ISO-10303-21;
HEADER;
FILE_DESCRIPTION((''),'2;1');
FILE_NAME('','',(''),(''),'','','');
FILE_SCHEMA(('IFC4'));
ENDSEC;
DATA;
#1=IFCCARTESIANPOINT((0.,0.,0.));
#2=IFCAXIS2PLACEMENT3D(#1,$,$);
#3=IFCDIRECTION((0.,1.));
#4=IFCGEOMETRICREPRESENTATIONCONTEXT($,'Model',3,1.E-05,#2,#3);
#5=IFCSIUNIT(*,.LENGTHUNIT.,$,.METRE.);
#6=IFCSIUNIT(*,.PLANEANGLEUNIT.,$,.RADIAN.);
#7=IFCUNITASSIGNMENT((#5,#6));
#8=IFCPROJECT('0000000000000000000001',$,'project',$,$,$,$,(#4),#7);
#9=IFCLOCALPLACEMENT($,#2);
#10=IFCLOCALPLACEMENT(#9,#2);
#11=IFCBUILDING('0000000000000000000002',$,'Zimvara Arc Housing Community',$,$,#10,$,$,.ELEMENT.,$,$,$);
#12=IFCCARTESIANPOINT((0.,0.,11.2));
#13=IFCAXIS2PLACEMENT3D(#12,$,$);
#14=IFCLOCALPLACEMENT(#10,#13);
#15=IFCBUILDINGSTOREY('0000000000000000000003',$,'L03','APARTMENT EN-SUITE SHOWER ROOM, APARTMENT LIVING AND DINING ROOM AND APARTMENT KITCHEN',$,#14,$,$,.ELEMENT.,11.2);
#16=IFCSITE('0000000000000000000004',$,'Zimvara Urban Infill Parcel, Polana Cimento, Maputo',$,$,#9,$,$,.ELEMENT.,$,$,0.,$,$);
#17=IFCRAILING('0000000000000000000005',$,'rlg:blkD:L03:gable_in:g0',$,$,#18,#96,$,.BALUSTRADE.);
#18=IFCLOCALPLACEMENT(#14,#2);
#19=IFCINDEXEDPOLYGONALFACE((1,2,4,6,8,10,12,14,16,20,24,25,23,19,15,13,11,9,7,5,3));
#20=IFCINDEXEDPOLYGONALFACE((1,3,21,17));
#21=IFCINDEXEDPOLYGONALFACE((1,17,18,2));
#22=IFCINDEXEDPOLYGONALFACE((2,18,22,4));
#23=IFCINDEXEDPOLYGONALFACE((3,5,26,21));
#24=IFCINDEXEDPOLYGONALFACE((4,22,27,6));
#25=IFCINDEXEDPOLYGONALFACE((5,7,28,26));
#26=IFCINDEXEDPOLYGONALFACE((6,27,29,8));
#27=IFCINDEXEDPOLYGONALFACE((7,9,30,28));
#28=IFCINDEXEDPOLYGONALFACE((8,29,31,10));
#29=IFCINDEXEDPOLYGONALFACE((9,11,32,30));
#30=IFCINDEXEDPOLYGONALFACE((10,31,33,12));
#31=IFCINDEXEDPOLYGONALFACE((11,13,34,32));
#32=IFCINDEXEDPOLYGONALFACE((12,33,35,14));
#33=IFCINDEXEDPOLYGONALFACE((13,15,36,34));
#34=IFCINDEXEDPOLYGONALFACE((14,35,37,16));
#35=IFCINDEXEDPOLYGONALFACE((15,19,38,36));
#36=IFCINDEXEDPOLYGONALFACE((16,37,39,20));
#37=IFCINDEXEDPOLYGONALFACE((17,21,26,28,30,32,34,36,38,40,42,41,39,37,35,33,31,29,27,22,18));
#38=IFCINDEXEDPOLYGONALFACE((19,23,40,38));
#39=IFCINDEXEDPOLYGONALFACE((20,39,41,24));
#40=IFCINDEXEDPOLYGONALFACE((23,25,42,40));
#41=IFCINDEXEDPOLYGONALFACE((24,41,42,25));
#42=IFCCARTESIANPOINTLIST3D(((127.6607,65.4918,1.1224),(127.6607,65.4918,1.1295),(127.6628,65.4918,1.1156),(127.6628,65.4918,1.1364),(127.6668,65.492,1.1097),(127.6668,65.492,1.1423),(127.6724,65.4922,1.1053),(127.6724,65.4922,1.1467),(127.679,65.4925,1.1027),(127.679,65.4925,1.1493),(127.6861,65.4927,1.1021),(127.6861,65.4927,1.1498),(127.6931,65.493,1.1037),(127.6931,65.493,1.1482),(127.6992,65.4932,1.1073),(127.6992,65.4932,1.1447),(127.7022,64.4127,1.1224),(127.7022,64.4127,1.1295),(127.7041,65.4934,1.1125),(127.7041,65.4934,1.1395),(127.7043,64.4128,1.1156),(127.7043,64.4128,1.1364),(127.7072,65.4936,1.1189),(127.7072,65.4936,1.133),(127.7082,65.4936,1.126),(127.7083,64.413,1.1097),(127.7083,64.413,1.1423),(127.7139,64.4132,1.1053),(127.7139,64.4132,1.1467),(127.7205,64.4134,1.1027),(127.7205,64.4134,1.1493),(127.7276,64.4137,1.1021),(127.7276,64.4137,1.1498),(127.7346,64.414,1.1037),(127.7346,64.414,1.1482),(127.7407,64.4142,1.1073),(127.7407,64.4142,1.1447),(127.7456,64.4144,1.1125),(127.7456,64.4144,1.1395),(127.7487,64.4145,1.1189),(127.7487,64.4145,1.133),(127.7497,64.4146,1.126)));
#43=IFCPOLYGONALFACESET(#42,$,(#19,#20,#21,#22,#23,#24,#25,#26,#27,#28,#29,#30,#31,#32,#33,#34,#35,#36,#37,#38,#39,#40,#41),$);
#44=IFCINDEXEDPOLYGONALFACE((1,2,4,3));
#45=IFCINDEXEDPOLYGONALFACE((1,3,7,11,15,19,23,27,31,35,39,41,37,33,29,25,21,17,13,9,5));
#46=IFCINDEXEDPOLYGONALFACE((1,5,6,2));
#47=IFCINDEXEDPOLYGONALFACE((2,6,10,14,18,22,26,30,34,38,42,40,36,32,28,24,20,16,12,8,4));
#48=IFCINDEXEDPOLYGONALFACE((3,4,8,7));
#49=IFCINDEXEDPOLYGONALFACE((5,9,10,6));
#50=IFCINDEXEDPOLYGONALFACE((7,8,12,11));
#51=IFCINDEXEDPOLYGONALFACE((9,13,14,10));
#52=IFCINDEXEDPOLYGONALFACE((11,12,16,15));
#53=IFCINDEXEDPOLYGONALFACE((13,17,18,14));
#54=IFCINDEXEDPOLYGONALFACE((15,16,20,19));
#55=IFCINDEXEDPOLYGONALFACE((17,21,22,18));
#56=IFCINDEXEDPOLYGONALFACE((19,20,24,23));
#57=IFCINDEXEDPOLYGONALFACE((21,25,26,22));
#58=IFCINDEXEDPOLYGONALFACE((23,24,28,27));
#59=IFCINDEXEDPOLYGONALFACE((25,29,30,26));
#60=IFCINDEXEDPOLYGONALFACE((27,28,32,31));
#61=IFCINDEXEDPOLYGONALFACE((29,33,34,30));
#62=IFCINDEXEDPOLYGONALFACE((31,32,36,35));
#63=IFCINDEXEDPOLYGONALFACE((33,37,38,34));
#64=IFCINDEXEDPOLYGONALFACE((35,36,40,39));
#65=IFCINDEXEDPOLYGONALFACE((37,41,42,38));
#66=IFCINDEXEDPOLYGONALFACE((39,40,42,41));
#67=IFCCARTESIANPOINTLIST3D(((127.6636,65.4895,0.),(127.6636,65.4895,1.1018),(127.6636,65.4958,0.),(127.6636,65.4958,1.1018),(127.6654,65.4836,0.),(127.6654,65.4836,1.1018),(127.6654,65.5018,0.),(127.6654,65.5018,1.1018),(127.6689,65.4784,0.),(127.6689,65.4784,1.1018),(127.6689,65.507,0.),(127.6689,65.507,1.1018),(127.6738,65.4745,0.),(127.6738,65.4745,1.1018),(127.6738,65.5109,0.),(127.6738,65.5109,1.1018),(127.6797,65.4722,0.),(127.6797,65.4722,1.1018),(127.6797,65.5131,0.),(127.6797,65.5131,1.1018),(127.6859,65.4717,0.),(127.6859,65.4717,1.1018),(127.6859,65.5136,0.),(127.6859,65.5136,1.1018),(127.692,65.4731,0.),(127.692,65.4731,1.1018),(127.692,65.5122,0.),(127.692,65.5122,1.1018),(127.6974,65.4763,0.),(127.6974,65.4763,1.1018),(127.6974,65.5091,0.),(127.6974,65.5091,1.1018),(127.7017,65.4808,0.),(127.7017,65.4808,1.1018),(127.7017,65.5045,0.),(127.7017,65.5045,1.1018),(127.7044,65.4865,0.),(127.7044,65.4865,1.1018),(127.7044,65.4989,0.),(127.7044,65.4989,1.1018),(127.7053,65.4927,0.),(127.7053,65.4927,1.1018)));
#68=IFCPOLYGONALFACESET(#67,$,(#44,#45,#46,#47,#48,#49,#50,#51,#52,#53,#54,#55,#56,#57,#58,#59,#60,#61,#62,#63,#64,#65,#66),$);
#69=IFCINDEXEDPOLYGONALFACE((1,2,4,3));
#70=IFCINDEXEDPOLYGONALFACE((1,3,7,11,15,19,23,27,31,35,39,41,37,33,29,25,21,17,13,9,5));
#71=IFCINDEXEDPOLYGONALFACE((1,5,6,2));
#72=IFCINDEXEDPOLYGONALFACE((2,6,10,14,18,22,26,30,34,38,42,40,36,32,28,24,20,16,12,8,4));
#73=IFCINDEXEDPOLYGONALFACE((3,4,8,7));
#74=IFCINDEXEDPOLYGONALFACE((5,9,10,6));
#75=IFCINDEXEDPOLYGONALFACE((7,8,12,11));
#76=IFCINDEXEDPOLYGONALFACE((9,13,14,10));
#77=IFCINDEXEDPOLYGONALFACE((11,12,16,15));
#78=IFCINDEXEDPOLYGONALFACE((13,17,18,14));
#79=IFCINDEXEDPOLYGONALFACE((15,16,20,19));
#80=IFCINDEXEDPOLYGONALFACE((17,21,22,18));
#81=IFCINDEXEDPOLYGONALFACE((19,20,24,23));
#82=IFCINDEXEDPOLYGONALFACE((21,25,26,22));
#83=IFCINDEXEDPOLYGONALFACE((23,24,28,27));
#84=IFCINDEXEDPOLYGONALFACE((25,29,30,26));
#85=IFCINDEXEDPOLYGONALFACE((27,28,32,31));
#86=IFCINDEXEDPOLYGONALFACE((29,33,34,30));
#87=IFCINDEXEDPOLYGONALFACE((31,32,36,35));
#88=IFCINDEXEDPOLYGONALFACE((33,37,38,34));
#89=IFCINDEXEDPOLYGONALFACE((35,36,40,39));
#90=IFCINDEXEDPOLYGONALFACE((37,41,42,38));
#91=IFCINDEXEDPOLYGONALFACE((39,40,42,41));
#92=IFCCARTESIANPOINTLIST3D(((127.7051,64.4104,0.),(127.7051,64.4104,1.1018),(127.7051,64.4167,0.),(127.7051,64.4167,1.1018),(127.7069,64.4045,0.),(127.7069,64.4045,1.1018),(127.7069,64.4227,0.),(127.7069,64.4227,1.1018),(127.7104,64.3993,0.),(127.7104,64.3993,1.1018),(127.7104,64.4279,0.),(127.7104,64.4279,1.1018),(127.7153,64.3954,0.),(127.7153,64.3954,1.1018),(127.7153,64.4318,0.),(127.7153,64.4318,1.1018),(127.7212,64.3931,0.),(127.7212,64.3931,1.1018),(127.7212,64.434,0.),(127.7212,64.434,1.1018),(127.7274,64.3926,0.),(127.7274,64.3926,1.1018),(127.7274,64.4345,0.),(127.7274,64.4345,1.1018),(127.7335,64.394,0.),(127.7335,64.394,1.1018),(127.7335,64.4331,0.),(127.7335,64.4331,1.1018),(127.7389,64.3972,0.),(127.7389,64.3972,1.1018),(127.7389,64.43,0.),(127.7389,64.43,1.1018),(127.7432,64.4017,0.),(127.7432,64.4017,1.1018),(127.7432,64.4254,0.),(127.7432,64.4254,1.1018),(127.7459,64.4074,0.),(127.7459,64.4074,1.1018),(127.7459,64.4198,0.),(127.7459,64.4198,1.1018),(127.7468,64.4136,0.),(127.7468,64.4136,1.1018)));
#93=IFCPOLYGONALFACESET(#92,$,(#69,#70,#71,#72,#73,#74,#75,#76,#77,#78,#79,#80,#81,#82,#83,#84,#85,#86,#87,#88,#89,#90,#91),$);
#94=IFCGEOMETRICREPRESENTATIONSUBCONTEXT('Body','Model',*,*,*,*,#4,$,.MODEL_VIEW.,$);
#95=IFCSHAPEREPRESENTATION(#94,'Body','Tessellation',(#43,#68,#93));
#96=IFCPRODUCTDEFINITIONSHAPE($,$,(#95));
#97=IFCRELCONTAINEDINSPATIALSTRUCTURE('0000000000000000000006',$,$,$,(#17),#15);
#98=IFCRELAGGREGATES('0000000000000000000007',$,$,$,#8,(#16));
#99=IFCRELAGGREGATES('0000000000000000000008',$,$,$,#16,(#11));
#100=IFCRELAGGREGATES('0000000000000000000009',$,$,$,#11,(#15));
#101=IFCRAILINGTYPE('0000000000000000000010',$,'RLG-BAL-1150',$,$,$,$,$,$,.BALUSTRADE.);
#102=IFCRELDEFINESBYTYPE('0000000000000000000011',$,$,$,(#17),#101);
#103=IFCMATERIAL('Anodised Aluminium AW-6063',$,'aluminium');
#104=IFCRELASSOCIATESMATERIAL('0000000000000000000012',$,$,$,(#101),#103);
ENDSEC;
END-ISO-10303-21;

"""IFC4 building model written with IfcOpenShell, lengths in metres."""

from ifc_helpers import new_model, si_unit, direction, frame, origin, origin_2d, place, context, subcontext, project, spatial, circle, extrude, material, type_object, element, save


model = new_model("IFC4")

# Units and contexts
model_context = context("Model", 3, precision=1e-05, world=origin(), true_north=direction((0.0, 1.0)))
body_context = subcontext(model_context, "Body", "Model", "MODEL_VIEW")
ifc_project = project(units=[si_unit("LENGTHUNIT", "METRE"), si_unit("PLANEANGLEUNIT", "RADIAN")], contexts=[model_context])

# Site, building, storey
site_placement = place(None, origin())
site = spatial("IfcSite", under=ifc_project, at=site_placement, Name="Zimvara Urban Infill Parcel, Polana Cimento, Maputo", CompositionType="ELEMENT", RefElevation=0.0)
building_placement = place(site_placement, origin())
building = spatial("IfcBuilding", under=site, at=building_placement, Name="Zimvara Arc Housing Community", CompositionType="ELEMENT")
storey_placement = place(building_placement, frame((0.0, 0.0, 11.2)))
storey = spatial("IfcBuildingStorey", under=building, at=storey_placement, Name="L03", Description="APARTMENT EN-SUITE SHOWER ROOM, APARTMENT LIVING AND DINING ROOM AND APARTMENT KITCHEN", CompositionType="ELEMENT", Elevation=11.2)

# Railing
ifc_material_1 = material(Name="Anodised Aluminium AW-6063", Category="aluminium")
railing_type = type_object("IfcRailingType", Name="RLG-BAL-1150", PredefinedType="BALUSTRADE", material=ifc_material_1)
railing_1_placement = place(storey_placement, frame((127.6843, 65.4927, 0.0)))
element("IfcRailing", 1, at=railing_1_placement, inside=storey, type_object=railing_type, Name="rlg:blkD:L03:gable_in:g0", PredefinedType="BALUSTRADE", context=body_context, shape_type="SweptSolid", body=[
    extrude(circle(Radius=0.0239, at=origin_2d()), frame((0.0, 0.0, 1.126), z_axis=(0.038433, -0.999261, 0.0), x_axis=(0.999261, 0.038433, 0.0)), (0.0, 0.0, 1.0), 1.0798),
    extrude(circle(Radius=0.021, at=origin_2d()), origin(), (0.0, 0.0, 1.0), 1.1018),
    extrude(circle(Radius=0.021, at=origin_2d()), frame((0.0415, -1.0791, 0.0)), (0.0, 0.0, 1.0), 1.1018),
])

save(model, "model.ifc")
